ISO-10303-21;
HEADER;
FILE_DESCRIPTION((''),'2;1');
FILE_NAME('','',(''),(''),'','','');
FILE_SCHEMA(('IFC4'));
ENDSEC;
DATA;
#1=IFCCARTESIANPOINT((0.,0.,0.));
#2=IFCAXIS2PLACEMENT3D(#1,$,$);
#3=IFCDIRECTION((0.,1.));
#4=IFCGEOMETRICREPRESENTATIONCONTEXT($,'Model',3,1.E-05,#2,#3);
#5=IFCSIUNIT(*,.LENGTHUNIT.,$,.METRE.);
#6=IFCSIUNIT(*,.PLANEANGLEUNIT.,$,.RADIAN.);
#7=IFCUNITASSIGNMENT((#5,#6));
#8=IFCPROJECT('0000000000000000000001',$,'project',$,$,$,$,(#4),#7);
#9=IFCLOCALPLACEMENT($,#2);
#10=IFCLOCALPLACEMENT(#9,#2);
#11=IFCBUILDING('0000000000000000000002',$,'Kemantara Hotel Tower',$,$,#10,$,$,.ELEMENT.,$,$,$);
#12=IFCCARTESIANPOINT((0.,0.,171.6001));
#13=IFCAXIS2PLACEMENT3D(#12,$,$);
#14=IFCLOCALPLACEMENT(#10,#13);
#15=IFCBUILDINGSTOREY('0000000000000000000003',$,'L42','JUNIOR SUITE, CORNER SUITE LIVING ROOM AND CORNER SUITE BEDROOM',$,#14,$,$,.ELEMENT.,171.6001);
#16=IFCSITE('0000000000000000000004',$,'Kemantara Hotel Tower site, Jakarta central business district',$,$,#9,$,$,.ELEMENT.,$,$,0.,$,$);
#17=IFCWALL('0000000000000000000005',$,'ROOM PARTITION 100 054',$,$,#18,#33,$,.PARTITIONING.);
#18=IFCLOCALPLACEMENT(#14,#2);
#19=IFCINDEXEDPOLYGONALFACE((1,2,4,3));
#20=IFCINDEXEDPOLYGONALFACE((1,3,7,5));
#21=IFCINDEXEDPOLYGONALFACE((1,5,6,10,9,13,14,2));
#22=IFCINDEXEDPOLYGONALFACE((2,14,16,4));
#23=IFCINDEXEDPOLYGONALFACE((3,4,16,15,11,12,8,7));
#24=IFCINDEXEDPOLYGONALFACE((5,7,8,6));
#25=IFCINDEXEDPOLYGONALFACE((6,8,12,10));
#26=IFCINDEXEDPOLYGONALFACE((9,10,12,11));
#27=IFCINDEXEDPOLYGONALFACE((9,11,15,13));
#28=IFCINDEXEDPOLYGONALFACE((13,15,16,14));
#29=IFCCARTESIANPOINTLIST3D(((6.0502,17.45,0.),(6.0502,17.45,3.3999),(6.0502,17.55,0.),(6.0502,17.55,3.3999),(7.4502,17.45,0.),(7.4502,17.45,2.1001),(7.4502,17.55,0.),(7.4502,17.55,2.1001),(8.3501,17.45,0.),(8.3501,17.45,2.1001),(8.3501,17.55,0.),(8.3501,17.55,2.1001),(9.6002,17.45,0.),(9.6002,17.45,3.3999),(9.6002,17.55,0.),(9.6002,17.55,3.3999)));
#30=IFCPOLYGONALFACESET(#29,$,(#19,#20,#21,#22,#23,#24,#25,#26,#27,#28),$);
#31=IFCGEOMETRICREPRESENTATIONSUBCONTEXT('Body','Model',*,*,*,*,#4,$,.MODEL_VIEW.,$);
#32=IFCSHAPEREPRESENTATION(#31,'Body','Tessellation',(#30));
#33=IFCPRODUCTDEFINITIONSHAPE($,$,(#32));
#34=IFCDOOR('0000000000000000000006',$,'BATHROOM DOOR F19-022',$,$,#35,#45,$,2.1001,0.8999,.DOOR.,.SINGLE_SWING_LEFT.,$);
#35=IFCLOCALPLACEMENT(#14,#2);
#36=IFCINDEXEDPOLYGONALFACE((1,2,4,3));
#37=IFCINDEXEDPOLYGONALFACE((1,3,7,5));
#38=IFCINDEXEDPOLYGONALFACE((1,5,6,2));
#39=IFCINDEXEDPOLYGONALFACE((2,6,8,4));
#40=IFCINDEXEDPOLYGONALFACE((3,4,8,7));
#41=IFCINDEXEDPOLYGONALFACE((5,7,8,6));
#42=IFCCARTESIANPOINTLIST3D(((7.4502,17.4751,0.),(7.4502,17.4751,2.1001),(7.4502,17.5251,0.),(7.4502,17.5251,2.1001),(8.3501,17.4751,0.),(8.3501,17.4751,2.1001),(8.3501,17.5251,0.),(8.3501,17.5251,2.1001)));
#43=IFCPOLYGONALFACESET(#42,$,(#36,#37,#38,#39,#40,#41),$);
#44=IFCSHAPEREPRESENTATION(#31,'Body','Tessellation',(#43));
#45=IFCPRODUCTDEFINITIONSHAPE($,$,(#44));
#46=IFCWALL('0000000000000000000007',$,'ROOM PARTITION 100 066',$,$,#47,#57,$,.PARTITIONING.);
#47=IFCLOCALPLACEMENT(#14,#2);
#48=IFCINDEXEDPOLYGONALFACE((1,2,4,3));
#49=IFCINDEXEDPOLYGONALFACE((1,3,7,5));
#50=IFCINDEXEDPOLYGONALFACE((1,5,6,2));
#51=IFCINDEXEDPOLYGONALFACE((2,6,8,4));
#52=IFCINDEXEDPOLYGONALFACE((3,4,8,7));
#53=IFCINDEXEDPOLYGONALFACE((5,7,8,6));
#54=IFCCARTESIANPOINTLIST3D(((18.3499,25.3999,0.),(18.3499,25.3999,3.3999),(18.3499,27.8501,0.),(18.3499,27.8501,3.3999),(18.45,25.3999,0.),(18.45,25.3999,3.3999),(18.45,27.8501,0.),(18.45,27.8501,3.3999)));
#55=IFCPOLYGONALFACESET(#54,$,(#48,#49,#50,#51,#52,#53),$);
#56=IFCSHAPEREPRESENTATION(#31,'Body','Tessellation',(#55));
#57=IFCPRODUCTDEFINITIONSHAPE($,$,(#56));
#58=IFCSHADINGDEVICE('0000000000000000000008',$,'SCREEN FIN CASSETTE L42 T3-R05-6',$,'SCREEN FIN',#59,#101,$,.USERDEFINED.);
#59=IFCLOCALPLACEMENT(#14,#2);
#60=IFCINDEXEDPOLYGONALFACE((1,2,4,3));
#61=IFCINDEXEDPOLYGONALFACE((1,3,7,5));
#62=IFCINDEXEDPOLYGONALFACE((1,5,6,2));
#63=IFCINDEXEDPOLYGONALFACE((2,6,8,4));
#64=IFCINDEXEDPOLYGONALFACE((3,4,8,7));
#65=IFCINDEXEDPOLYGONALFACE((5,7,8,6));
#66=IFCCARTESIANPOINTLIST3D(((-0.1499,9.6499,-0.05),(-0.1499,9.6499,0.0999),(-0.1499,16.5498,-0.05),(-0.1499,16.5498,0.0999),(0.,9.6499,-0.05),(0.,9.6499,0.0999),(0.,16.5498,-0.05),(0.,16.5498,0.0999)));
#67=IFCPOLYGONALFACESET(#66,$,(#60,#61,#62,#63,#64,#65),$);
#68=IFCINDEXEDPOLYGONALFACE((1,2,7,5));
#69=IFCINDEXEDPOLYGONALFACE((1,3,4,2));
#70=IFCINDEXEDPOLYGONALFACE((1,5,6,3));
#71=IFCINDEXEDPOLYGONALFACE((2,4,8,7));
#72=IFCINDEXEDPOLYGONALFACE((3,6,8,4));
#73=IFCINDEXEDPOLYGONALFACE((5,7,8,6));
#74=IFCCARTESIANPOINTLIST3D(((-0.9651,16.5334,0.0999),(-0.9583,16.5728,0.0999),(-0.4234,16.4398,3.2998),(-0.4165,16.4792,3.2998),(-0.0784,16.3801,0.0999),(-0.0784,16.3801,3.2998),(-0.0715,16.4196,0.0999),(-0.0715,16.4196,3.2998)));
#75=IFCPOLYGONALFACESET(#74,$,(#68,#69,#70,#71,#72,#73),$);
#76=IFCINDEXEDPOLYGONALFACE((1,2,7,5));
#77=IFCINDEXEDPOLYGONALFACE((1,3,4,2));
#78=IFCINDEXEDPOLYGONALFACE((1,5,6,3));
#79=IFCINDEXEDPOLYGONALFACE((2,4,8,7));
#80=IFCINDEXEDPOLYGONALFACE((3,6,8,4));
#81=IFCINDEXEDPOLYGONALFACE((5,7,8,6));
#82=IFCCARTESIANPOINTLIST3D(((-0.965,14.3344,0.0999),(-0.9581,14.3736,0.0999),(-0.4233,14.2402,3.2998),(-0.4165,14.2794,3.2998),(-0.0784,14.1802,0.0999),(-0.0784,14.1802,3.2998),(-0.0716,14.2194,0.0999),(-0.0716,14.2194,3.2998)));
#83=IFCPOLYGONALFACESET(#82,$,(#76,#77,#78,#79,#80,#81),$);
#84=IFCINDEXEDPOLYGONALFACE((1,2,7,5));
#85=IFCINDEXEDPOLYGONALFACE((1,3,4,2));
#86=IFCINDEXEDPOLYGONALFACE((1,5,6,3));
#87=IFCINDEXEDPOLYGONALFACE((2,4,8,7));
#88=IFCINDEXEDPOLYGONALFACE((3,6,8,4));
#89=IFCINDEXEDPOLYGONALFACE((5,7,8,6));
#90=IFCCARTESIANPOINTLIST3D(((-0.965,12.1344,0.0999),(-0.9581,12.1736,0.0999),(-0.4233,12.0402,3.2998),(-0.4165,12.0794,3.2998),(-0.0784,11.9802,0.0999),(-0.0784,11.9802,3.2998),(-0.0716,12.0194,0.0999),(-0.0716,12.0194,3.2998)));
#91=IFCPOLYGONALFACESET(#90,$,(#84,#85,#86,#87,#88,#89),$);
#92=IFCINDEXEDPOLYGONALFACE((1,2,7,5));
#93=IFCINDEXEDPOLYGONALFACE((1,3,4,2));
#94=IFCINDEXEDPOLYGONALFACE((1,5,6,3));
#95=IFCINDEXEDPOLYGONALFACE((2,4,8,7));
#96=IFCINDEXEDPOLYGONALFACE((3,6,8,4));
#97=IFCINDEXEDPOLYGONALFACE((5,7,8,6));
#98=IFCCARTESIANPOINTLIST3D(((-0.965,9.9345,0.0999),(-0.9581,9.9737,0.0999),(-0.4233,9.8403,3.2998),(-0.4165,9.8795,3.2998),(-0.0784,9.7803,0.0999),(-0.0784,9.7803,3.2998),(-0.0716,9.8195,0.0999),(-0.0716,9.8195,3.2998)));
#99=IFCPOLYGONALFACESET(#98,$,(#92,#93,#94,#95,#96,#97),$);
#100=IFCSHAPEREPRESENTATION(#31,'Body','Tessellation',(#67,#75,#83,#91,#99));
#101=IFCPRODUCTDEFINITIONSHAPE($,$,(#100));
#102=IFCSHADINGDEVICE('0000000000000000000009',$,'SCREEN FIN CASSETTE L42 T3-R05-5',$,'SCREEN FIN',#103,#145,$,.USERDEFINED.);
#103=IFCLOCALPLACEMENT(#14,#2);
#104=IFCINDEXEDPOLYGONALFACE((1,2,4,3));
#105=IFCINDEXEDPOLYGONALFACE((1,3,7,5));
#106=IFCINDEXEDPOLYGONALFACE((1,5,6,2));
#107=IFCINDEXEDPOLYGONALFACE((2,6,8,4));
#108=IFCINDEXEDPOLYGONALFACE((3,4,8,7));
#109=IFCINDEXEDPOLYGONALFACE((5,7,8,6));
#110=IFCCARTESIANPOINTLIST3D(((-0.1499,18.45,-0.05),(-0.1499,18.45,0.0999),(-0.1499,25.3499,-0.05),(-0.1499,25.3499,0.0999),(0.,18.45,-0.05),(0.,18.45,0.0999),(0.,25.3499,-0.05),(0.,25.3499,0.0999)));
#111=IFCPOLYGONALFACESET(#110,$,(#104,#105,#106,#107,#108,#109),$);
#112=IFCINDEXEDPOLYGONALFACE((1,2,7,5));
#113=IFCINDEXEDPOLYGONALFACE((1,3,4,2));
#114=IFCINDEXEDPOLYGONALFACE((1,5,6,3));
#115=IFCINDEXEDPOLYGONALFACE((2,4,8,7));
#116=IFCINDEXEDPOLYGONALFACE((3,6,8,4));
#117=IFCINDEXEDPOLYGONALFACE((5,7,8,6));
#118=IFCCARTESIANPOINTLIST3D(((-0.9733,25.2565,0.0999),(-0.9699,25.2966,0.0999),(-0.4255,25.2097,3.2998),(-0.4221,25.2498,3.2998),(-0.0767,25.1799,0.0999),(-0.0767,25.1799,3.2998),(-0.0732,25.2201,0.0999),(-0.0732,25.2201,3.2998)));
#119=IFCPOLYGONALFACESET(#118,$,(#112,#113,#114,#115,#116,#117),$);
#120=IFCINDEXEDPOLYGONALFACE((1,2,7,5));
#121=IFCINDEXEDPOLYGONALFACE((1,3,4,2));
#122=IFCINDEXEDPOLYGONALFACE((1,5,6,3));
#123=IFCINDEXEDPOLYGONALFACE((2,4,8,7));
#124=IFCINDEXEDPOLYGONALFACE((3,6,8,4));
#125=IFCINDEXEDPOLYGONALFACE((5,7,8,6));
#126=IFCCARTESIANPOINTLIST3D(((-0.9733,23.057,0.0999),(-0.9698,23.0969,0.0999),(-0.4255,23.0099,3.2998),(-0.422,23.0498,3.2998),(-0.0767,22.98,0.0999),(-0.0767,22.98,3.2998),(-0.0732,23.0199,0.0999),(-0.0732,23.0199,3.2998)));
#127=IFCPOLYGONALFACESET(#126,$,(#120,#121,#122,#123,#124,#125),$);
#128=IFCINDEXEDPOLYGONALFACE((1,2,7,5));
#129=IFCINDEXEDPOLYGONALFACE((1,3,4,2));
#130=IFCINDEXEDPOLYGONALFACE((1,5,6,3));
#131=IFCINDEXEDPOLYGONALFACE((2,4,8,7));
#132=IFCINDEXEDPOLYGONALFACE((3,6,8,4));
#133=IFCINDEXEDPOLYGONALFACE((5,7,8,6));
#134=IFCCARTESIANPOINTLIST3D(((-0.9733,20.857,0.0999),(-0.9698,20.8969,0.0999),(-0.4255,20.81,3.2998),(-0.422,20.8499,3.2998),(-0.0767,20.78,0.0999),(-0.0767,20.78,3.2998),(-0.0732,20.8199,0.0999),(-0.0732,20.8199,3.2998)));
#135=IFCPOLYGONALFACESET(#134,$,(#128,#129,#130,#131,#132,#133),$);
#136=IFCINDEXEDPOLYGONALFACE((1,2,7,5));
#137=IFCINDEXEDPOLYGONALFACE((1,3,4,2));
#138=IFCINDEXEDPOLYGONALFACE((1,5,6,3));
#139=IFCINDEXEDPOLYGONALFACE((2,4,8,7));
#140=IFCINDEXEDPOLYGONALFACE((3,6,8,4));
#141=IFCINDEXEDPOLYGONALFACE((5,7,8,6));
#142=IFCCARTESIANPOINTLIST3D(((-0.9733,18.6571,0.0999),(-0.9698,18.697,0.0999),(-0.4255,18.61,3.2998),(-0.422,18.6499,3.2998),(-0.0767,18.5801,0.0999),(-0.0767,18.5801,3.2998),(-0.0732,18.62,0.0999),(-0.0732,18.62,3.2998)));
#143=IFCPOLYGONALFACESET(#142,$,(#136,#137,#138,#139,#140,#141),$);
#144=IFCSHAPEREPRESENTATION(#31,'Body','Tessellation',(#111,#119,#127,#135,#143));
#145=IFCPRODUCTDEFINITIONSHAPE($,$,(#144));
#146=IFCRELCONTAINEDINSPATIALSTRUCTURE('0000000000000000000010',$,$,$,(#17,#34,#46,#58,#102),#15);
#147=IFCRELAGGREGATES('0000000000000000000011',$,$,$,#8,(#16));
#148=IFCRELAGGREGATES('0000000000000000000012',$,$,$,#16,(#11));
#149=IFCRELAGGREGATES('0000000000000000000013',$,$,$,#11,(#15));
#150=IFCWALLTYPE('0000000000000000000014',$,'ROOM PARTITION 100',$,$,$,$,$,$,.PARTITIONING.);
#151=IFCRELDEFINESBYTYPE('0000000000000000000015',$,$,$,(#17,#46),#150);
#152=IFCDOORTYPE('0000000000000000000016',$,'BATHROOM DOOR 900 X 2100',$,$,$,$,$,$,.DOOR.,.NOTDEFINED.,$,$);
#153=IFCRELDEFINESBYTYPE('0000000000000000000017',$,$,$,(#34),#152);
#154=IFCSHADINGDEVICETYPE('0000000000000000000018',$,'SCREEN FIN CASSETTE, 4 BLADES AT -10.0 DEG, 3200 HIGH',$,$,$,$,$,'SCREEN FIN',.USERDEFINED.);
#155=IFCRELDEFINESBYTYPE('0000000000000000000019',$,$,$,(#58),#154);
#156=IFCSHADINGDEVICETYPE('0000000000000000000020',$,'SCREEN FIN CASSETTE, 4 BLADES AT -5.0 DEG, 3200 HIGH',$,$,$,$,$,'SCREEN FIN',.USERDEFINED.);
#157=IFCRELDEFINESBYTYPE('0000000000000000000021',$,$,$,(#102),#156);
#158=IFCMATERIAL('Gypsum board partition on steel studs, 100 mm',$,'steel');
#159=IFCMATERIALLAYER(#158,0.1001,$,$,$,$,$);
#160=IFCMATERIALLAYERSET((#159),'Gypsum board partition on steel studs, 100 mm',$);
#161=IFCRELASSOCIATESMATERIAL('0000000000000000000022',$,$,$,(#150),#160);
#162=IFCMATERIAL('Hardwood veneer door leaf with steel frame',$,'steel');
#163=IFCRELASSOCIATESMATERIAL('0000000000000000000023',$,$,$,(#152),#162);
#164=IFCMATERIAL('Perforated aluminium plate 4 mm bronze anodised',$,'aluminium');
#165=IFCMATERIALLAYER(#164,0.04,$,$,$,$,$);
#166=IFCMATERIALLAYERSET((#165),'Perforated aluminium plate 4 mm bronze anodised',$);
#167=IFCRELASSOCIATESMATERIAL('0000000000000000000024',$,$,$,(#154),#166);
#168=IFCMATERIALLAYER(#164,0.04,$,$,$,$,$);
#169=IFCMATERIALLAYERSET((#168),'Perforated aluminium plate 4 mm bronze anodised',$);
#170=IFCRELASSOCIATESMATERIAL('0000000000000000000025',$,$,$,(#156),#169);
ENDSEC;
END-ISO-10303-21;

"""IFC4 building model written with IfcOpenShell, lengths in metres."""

from ifc_helpers import new_model, si_unit, direction, frame, frame_2d, origin, origin_2d, place, context, subcontext, project, spatial, polyline, rectangle, outline, extrude, source, transform, mapped, material, layer, layer_set, type_object, element, fill, save


model = new_model("IFC4")

# Units and contexts
model_context = context("Model", 3, precision=1e-05, world=origin(), true_north=direction((0.0, 1.0)))
body_context = subcontext(model_context, "Body", "Model", "MODEL_VIEW")
ifc_project = project(units=[si_unit("LENGTHUNIT", "METRE"), si_unit("PLANEANGLEUNIT", "RADIAN")], contexts=[model_context])

# Site, building, storey
site_placement = place(None, origin())
site = spatial("IfcSite", under=ifc_project, at=site_placement, Name="Kemantara Hotel Tower site, Jakarta central business district", CompositionType="ELEMENT", RefElevation=0.0)
building_placement = place(site_placement, origin())
building = spatial("IfcBuilding", under=site, at=building_placement, Name="Kemantara Hotel Tower", CompositionType="ELEMENT")
storey_placement = place(building_placement, frame((0.0, 0.0, 171.6001)))
storey = spatial("IfcBuildingStorey", under=building, at=storey_placement, Name="L42", Description="JUNIOR SUITE, CORNER SUITE LIVING ROOM AND CORNER SUITE BEDROOM", CompositionType="ELEMENT", Elevation=171.6001)

# Shared definitions
ifc_material_1 = material(Name="Gypsum board partition on steel studs, 100 mm", Category="steel")
ifc_layer_1 = layer(ifc_material_1, 0.1001)
ifc_layer_set_1 = layer_set([ifc_layer_1], Name="Gypsum board partition on steel studs, 100 mm")
wall_type_1 = type_object("IfcWallType", Name="ROOM PARTITION 100", PredefinedType="PARTITIONING", material=ifc_layer_set_1)

# Wall, opening, door
wall_1_placement = place(storey_placement, frame((9.6001, 17.5, 0.0), z_axis=(0.0, 0.0, 1.0), x_axis=(-1.0, 0.0, 0.0)))
wall_1 = element("IfcWall", 1, at=wall_1_placement, inside=storey, type_object=wall_type_1, Name="ROOM PARTITION 100 054", PredefinedType="PARTITIONING", context=body_context, shape_type="SweptSolid", body=[
    extrude(rectangle(XDim=3.55, YDim=0.1001, at=frame_2d((1.7749, 0.0))), origin(), (0.0, 0.0, 1.0), 3.3999),
])
opening_placement = place(wall_1_placement, frame((1.25, 0.0, 0.0)))
opening = element("IfcOpeningElement", 2, at=opening_placement, cuts=wall_1, PredefinedType="OPENING", context=body_context, shape_type="SweptSolid", body=[
    extrude(rectangle(XDim=0.8999, YDim=2.1001, at=frame_2d((0.45, 1.05))), frame((0.0, 0.0601, 0.0), z_axis=(0.0, -1.0, 0.0), x_axis=(1.0, 0.0, 0.0)), (0.0, 0.0, 1.0), 0.1201),
])
ifc_material_2 = material(Name="Hardwood veneer door leaf with steel frame", Category="steel")
door_type = type_object("IfcDoorType", Name="BATHROOM DOOR 900 X 2100", OperationType="NOTDEFINED", PredefinedType="DOOR", material=ifc_material_2)
door_placement = place(opening_placement, origin())
door = element("IfcDoor", 3, at=door_placement, inside=storey, type_object=door_type, Name="BATHROOM DOOR F19-022", OperationType="SINGLE_SWING_LEFT", OverallHeight=2.1001, OverallWidth=0.8999, PredefinedType="DOOR", context=body_context, shape_type="SweptSolid", body=[
    extrude(rectangle(XDim=0.8999, YDim=2.1001, at=frame_2d((0.45, 1.05))), frame((0.0, 0.0249, 0.0), z_axis=(0.0, -1.0, 0.0), x_axis=(1.0, 0.0, 0.0)), (0.0, 0.0, 1.0), 0.05),
])
fill(opening, door)

# Wall
wall_2_placement = place(storey_placement, frame((18.3999, 25.3999, 0.0), z_axis=(0.0, 0.0, 1.0), x_axis=(0.0, 1.0, 0.0)))
element("IfcWall", 4, at=wall_2_placement, inside=storey, type_object=wall_type_1, Name="ROOM PARTITION 100 066", PredefinedType="PARTITIONING", context=body_context, shape_type="SweptSolid", body=[
    extrude(rectangle(XDim=2.4502, YDim=0.1001, at=frame_2d((1.2251, 0.0))), origin(), (0.0, 0.0, 1.0), 3.3999),
])

# Shading devices
ifc_material_3 = material(Name="Perforated aluminium plate 4 mm bronze anodised", Category="aluminium")
ifc_layer_2 = layer(ifc_material_3, 0.04)
ifc_layer_set_2 = layer_set([ifc_layer_2], Name="Perforated aluminium plate 4 mm bronze anodised")
shading_device_type_1 = type_object("IfcShadingDeviceType", Name="SCREEN FIN CASSETTE, 4 BLADES AT -10.0 DEG, 3200 HIGH", ElementType="SCREEN FIN", PredefinedType="USERDEFINED", material=ifc_layer_set_2)
shared_shape_1 = source(origin(), body_context, "Body", "SweptSolid", [
    extrude(rectangle(XDim=6.8999, YDim=0.1499, at=origin_2d()), frame((3.3, -0.075, -0.1499), z_axis=(0.0, 0.0, 1.0), x_axis=(1.0, 0.0, 0.0)), (0.0, 0.0, 1.0), 0.1499),
    extrude(outline(polyline([(0.0, 0.0), (0.8999, 0.0), (0.3501, 3.2), (0.0, 3.2), (0.0, 0.0)])), frame((0.0198, -0.0784, 0.0), z_axis=(-0.98539, 0.170314, 0.0), x_axis=(-0.170314, -0.98539, 0.0)), (0.0, 0.0, 1.0), 0.04),
    extrude(outline(polyline([(0.0, 0.0), (0.8999, 0.0), (0.3501, 3.2), (0.0, 3.2), (0.0, 0.0)])), frame((2.2197, -0.0784, 0.0), z_axis=(-0.985212, 0.171341, 0.0), x_axis=(-0.171341, -0.985212, 0.0)), (0.0, 0.0, 1.0), 0.0398),
    extrude(outline(polyline([(0.0, 0.0), (0.8999, 0.0), (0.3501, 3.2), (0.0, 3.2), (0.0, 0.0)])), frame((4.4197, -0.0784, 0.0), z_axis=(-0.985212, 0.171341, 0.0), x_axis=(-0.171341, -0.985212, 0.0)), (0.0, 0.0, 1.0), 0.0398),
    extrude(outline(polyline([(0.0, 0.0), (0.8999, 0.0), (0.3501, 3.2), (0.0, 3.2), (0.0, 0.0)])), frame((6.6196, -0.0784, 0.0), z_axis=(-0.985212, 0.171341, 0.0), x_axis=(-0.171341, -0.985212, 0.0)), (0.0, 0.0, 1.0), 0.0398),
])
shading_device_1_placement = place(storey_placement, frame((0.0, 16.3999, 0.0999), z_axis=(0.0, 0.0, 1.0), x_axis=(0.0, -1.0, 0.0)))
element("IfcShadingDevice", 5, at=shading_device_1_placement, inside=storey, type_object=shading_device_type_1, Name="SCREEN FIN CASSETTE L42 T3-R05-6", ObjectType="SCREEN FIN", PredefinedType="USERDEFINED", context=body_context, shape_type="MappedRepresentation", body=[
    mapped(shared_shape_1, transform((0.0, 0.0, 0.0))),
])
ifc_layer_3 = layer(ifc_material_3, 0.04)
ifc_layer_set_3 = layer_set([ifc_layer_3], Name="Perforated aluminium plate 4 mm bronze anodised")
shading_device_type_2 = type_object("IfcShadingDeviceType", Name="SCREEN FIN CASSETTE, 4 BLADES AT -5.0 DEG, 3200 HIGH", ElementType="SCREEN FIN", PredefinedType="USERDEFINED", material=ifc_layer_set_3)
shared_shape_2 = source(origin(), body_context, "Body", "SweptSolid", [
    extrude(rectangle(XDim=6.8999, YDim=0.1499, at=origin_2d()), frame((3.3, -0.075, -0.1499), z_axis=(0.0, 0.0, 1.0), x_axis=(1.0, 0.0, 0.0)), (0.0, 0.0, 1.0), 0.1499),
    extrude(outline(polyline([(0.0, 0.0), (0.8999, 0.0), (0.3501, 3.2), (0.0, 3.2), (0.0, 0.0)])), frame((0.02, -0.0767, 0.0), z_axis=(-0.996376, 0.085056, 0.0), x_axis=(-0.085056, -0.996376, 0.0)), (0.0, 0.0, 1.0), 0.0403),
    extrude(outline(polyline([(0.0, 0.0), (0.8999, 0.0), (0.3501, 3.2), (0.0, 3.2), (0.0, 0.0)])), frame((2.22, -0.0767, 0.0), z_axis=(-0.996332, 0.085575, 0.0), x_axis=(-0.085575, -0.996332, 0.0)), (0.0, 0.0, 1.0), 0.04),
    extrude(outline(polyline([(0.0, 0.0), (0.8999, 0.0), (0.3501, 3.2), (0.0, 3.2), (0.0, 0.0)])), frame((4.4199, -0.0767, 0.0), z_axis=(-0.996332, 0.085575, 0.0), x_axis=(-0.085575, -0.996332, 0.0)), (0.0, 0.0, 1.0), 0.04),
    extrude(outline(polyline([(0.0, 0.0), (0.8999, 0.0), (0.3501, 3.2), (0.0, 3.2), (0.0, 0.0)])), frame((6.6199, -0.0767, 0.0), z_axis=(-0.996332, 0.085575, 0.0), x_axis=(-0.085575, -0.996332, 0.0)), (0.0, 0.0, 1.0), 0.04),
])
shading_device_2_placement = place(storey_placement, frame((0.0, 25.2, 0.0999), z_axis=(0.0, 0.0, 1.0), x_axis=(0.0, -1.0, 0.0)))
element("IfcShadingDevice", 6, at=shading_device_2_placement, inside=storey, type_object=shading_device_type_2, Name="SCREEN FIN CASSETTE L42 T3-R05-5", ObjectType="SCREEN FIN", PredefinedType="USERDEFINED", context=body_context, shape_type="MappedRepresentation", body=[
    mapped(shared_shape_2, transform((0.0, 0.0, 0.0))),
])

save(model, "model.ifc")
